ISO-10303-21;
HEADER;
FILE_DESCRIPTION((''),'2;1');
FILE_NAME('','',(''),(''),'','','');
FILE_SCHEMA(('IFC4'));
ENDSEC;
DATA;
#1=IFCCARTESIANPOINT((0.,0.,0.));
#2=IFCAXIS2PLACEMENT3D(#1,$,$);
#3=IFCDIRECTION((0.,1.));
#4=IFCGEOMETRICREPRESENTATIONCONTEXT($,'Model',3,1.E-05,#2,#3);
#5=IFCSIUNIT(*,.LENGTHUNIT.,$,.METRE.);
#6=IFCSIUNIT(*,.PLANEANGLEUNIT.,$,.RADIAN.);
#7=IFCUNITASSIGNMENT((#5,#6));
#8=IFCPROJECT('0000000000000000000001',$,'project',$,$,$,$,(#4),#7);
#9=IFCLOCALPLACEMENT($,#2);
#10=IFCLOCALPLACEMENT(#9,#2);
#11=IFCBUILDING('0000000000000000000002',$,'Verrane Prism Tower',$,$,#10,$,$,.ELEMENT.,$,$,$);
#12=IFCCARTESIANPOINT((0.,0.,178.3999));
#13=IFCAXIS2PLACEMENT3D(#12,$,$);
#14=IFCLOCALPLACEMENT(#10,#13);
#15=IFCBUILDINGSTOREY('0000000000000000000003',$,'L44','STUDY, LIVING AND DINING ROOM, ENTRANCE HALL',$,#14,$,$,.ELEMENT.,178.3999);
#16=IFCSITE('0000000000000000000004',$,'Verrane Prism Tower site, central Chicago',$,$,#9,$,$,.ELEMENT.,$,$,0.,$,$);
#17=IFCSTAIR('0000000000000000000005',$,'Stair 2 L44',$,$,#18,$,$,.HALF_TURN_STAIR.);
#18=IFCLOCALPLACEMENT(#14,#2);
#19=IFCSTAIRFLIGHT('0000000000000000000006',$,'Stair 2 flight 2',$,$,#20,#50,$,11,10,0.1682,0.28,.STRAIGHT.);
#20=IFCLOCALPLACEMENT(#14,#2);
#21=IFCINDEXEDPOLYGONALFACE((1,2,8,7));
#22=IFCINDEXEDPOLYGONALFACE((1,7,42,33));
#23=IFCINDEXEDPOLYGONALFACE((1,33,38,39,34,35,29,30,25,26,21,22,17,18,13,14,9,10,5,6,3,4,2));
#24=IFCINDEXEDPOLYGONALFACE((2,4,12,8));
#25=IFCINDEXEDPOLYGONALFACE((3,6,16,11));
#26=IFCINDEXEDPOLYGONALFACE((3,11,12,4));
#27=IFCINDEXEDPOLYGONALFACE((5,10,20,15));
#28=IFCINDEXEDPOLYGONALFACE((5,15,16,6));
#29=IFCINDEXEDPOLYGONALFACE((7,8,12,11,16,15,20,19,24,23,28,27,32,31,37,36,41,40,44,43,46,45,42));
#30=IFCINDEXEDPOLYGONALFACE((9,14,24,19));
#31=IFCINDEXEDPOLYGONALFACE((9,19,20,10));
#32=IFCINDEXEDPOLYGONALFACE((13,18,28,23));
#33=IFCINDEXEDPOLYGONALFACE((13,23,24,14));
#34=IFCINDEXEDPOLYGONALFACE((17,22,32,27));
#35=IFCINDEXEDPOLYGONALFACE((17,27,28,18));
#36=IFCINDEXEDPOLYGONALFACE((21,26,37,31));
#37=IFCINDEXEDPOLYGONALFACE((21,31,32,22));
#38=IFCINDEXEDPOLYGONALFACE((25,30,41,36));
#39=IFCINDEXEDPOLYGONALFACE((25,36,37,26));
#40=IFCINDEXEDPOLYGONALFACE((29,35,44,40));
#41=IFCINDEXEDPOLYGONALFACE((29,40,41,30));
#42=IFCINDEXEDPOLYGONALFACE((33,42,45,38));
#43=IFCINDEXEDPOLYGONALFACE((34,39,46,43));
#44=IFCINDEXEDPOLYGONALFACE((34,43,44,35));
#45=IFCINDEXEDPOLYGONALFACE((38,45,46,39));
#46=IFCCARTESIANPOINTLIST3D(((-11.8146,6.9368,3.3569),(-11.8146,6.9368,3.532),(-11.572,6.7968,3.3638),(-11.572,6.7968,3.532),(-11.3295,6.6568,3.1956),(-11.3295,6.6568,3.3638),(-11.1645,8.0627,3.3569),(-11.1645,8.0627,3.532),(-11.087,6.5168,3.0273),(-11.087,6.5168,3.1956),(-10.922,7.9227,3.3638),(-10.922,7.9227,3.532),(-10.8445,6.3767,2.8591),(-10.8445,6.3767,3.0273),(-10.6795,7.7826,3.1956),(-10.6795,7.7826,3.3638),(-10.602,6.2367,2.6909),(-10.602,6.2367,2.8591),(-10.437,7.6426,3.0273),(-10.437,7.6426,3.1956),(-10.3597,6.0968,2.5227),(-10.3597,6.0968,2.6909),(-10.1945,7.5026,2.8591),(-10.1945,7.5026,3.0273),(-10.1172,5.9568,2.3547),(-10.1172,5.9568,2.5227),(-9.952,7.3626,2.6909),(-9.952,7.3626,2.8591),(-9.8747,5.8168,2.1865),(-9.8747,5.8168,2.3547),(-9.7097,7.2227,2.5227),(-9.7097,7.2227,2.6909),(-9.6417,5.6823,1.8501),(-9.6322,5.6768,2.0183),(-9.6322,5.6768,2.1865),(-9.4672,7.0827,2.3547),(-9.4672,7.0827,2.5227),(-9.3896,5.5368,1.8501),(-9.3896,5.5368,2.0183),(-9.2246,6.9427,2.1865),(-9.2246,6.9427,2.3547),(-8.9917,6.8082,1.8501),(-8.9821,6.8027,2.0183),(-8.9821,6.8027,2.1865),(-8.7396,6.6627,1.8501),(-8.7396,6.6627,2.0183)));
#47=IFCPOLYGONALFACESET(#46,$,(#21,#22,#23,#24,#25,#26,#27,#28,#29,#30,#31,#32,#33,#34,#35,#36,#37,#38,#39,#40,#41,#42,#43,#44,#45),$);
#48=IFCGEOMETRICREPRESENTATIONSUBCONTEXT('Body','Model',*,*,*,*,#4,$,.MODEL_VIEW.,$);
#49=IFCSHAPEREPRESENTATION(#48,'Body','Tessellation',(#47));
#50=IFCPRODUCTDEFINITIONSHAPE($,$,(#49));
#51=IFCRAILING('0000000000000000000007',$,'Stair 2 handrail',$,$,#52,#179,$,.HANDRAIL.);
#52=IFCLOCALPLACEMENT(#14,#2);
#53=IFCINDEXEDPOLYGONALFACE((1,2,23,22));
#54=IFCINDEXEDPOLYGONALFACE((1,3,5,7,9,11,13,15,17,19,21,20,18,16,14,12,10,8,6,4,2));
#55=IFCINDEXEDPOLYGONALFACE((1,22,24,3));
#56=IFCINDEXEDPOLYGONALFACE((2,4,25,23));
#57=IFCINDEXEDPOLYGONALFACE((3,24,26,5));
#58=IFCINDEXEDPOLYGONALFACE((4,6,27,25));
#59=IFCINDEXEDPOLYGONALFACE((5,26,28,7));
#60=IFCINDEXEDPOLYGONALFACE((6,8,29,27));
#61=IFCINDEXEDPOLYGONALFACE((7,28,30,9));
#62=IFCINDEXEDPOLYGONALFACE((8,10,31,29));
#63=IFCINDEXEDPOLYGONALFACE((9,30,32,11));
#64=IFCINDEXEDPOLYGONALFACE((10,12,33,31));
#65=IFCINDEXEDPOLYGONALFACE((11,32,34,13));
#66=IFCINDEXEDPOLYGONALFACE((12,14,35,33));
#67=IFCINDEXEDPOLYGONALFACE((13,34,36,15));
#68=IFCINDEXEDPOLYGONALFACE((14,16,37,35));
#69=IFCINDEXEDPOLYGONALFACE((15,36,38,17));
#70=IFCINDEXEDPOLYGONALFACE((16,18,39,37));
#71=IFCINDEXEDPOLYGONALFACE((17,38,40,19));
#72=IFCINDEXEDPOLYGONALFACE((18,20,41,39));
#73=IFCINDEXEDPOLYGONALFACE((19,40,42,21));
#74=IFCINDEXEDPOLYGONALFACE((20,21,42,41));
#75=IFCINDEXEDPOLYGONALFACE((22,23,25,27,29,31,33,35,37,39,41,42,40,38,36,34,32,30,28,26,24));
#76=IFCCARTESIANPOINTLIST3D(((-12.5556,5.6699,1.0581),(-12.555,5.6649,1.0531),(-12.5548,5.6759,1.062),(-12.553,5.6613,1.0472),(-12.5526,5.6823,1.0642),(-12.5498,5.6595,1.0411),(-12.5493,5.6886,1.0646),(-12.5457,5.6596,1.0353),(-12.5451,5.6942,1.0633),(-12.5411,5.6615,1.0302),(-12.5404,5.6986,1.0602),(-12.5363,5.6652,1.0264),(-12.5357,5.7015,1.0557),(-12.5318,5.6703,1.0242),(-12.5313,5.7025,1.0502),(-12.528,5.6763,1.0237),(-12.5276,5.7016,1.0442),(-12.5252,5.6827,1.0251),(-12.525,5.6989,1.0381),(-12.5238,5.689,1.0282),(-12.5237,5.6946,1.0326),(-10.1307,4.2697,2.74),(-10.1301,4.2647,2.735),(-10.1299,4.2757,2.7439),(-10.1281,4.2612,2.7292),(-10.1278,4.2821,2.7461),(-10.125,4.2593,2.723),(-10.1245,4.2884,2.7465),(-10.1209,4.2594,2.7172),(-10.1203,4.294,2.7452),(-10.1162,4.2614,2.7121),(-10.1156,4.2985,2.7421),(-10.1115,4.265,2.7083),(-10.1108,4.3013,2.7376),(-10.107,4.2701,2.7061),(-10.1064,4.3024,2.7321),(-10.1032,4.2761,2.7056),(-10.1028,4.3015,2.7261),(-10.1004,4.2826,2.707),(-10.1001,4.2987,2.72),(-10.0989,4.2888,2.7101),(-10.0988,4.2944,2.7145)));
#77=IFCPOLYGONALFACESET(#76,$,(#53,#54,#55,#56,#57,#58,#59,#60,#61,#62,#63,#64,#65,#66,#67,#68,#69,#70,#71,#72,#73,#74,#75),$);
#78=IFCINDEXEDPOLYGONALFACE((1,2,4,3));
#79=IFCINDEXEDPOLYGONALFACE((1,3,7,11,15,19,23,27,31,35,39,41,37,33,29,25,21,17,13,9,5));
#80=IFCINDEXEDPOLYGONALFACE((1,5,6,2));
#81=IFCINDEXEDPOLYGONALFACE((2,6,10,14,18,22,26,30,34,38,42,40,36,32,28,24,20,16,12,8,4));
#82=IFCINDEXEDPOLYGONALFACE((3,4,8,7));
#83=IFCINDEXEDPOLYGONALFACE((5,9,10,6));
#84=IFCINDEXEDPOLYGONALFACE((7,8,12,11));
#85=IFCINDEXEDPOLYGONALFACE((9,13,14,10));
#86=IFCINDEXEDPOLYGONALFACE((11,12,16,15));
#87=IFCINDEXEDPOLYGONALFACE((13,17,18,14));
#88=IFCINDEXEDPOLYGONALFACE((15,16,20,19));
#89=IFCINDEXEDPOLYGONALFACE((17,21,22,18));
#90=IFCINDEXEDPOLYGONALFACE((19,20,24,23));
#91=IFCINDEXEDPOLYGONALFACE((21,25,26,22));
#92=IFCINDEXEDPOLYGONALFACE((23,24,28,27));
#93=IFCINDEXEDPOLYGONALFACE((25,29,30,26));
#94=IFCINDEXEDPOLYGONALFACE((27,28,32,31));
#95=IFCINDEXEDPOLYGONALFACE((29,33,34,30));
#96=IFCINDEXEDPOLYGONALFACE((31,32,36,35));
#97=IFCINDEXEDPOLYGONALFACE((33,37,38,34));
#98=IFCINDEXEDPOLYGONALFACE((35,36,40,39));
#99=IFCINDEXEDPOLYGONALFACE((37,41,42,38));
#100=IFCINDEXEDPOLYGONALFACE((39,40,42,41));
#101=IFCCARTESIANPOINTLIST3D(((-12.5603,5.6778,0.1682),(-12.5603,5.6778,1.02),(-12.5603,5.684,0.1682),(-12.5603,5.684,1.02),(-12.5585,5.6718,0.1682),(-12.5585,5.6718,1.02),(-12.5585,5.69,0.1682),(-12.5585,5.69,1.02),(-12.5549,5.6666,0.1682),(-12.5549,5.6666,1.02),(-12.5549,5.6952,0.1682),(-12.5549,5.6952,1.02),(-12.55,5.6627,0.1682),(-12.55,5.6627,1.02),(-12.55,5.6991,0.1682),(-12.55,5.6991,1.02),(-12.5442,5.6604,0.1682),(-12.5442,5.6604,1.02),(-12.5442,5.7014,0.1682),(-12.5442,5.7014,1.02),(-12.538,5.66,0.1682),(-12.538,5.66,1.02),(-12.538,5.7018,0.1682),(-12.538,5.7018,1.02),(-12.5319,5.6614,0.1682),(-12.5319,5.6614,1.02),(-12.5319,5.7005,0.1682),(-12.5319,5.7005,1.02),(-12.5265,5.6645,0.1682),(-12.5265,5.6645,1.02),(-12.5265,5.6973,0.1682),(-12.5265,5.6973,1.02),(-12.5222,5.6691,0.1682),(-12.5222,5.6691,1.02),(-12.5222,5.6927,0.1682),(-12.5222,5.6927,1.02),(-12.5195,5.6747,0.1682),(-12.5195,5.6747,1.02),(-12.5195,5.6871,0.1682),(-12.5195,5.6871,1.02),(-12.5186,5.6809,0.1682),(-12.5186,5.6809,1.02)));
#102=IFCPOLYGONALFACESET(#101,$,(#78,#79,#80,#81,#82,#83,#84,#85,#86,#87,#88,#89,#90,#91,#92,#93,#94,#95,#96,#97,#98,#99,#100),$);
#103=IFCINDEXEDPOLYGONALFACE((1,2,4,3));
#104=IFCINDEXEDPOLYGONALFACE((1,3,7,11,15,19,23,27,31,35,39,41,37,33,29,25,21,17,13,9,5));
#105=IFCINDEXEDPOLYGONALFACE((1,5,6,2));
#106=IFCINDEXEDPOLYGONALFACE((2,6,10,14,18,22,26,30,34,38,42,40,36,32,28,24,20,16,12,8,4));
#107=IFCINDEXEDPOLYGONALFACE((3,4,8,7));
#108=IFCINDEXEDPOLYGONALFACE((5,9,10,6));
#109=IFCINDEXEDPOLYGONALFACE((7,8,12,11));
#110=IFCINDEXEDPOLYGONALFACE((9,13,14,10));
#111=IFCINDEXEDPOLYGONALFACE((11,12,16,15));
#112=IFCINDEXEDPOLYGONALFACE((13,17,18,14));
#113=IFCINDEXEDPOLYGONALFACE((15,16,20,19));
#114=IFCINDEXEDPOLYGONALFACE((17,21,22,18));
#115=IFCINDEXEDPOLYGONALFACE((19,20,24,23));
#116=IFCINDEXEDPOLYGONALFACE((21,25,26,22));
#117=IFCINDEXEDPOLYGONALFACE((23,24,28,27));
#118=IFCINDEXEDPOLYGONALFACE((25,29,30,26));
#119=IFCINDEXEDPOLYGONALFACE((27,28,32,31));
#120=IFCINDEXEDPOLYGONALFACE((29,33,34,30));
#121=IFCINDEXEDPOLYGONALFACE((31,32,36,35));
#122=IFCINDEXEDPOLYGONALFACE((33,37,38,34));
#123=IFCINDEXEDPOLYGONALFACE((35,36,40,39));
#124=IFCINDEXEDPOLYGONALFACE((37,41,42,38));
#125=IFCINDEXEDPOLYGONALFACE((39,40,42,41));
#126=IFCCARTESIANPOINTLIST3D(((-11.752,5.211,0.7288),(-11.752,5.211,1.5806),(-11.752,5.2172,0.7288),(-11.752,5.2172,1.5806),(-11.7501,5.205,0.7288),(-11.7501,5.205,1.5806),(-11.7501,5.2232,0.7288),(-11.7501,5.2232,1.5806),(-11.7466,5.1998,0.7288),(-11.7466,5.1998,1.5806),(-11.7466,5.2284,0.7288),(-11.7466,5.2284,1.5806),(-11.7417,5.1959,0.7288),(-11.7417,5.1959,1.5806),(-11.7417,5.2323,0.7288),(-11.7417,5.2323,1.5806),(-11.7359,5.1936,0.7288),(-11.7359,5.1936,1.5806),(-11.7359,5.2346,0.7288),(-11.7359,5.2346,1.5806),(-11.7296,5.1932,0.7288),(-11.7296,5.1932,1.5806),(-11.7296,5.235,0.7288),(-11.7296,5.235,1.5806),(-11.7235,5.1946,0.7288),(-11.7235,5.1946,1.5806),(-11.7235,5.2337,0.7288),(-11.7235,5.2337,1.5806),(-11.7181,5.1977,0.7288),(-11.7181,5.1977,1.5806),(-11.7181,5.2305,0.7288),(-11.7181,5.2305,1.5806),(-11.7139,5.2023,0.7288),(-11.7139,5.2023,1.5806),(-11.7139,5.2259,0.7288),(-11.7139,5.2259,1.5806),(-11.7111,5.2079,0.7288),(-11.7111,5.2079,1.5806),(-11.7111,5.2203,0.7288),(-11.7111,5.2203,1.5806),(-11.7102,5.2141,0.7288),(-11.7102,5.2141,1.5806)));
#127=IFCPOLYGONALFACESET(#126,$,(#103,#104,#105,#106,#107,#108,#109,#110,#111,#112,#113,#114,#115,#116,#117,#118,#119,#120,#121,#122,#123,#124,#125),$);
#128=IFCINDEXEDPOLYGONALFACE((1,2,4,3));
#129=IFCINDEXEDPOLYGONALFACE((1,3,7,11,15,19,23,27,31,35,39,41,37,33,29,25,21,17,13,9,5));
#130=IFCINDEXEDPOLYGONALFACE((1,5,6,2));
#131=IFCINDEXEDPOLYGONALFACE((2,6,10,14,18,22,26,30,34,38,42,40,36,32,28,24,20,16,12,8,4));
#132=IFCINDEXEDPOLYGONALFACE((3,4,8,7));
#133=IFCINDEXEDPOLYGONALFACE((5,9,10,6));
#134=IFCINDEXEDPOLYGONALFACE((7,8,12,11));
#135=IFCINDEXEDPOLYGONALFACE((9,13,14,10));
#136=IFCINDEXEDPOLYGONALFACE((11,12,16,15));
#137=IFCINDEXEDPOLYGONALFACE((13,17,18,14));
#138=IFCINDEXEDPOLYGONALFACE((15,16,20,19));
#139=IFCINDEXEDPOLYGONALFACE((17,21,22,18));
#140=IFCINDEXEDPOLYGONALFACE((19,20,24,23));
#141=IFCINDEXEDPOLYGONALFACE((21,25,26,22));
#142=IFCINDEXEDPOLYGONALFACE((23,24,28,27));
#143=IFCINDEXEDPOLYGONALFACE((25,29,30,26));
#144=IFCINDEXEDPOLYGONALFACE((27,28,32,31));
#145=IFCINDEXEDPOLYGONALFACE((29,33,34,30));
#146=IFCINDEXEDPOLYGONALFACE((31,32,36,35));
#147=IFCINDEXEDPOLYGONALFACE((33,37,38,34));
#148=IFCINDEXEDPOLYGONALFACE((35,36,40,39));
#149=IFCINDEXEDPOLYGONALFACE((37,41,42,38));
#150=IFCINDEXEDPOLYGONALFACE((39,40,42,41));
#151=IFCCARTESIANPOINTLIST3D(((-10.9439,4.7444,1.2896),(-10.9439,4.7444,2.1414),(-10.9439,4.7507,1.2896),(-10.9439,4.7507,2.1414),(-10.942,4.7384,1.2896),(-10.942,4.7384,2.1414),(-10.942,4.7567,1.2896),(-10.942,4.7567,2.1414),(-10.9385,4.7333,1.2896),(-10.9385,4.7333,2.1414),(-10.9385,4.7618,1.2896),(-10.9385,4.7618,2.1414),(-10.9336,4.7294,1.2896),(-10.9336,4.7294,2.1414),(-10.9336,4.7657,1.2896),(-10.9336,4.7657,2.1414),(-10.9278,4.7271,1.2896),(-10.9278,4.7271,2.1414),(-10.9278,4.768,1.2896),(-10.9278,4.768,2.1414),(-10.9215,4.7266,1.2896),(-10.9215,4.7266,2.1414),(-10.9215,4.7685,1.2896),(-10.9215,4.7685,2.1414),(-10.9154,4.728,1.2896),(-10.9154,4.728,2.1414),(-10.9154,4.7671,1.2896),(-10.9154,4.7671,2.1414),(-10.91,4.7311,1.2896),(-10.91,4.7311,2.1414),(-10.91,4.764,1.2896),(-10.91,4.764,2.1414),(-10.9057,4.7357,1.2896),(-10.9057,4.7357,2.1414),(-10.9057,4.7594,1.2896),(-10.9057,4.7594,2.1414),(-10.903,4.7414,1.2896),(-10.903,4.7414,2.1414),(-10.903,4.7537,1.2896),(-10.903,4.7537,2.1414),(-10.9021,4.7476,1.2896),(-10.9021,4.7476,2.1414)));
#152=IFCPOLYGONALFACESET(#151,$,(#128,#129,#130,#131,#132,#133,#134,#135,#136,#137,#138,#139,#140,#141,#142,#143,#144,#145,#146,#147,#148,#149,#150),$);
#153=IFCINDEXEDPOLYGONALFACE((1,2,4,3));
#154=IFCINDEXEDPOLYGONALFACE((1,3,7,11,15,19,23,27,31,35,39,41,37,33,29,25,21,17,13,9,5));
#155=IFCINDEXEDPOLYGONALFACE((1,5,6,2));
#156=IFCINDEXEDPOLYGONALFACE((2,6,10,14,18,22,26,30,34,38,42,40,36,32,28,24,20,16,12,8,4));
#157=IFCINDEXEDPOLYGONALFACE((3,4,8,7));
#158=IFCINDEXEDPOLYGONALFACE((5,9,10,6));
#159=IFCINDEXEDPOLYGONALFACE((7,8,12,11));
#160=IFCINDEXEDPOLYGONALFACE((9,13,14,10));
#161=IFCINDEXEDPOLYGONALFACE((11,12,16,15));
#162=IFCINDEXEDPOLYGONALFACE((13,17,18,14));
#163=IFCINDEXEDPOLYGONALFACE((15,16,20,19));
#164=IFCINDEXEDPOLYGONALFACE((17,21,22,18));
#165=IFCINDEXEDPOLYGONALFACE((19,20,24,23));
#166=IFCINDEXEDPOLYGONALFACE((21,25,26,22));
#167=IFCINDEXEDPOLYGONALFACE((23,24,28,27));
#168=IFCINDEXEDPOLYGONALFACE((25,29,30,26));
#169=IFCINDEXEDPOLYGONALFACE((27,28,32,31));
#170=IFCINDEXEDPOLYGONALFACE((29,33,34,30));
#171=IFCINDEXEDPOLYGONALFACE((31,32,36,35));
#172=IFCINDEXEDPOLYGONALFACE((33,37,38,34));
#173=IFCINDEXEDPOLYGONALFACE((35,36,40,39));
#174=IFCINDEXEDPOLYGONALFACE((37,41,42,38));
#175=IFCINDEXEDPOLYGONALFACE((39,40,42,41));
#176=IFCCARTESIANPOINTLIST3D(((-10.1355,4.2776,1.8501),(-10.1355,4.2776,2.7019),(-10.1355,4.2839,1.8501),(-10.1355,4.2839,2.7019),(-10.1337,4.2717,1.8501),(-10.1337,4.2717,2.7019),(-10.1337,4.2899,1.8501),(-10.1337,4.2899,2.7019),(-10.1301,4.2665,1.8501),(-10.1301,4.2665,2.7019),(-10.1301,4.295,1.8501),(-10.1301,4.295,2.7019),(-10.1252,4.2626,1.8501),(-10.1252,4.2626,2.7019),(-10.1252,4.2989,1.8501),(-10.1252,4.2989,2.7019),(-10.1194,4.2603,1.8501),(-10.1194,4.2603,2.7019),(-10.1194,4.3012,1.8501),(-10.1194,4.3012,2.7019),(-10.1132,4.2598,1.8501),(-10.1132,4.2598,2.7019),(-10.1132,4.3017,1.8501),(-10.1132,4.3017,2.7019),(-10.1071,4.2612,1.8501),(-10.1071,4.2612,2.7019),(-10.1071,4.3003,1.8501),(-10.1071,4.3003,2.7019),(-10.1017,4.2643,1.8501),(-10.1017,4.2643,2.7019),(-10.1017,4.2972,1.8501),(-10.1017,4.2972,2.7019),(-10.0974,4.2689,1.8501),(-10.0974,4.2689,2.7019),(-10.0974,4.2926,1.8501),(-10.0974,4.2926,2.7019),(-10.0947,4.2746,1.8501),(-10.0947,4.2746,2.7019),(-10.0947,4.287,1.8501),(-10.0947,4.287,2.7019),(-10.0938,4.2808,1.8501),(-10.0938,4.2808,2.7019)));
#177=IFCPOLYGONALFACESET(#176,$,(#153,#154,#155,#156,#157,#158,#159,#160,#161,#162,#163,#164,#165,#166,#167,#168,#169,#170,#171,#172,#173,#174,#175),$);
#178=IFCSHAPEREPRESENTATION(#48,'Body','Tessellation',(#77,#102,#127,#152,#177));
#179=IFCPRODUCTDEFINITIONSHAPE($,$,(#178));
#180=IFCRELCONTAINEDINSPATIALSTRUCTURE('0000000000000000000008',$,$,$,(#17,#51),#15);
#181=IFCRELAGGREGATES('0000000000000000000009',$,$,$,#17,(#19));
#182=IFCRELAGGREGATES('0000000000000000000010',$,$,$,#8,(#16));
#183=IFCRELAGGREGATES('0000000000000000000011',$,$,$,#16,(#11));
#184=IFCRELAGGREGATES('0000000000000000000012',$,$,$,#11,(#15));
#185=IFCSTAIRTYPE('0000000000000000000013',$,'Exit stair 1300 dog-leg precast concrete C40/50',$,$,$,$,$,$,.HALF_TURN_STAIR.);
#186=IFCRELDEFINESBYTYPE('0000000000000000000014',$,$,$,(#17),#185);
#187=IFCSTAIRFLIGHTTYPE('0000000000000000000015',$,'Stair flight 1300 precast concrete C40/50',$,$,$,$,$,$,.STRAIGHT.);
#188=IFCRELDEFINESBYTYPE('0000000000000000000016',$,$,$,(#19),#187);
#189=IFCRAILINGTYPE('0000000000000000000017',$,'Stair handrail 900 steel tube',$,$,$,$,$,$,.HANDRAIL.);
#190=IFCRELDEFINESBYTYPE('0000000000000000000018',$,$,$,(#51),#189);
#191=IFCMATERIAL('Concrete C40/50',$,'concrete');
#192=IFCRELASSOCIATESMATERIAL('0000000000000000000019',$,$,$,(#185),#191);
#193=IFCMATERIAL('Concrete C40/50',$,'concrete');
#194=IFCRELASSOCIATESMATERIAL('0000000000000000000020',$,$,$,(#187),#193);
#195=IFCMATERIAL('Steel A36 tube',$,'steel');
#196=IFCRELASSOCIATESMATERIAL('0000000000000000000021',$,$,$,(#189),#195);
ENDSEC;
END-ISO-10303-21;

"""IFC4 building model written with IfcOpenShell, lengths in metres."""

from ifc_helpers import new_model, si_unit, direction, frame, origin, origin_2d, place, context, subcontext, project, spatial, polyline, circle, outline, extrude, material, type_object, element, aggregate, save


model = new_model("IFC4")

# Units and contexts
model_context = context("Model", 3, precision=1e-05, world=origin(), true_north=direction((0.0, 1.0)))
body_context = subcontext(model_context, "Body", "Model", "MODEL_VIEW")
ifc_project = project(units=[si_unit("LENGTHUNIT", "METRE"), si_unit("PLANEANGLEUNIT", "RADIAN")], contexts=[model_context])

# Site, building, storey
site_placement = place(None, origin())
site = spatial("IfcSite", under=ifc_project, at=site_placement, Name="Verrane Prism Tower site, central Chicago", CompositionType="ELEMENT", RefElevation=0.0)
building_placement = place(site_placement, origin())
building = spatial("IfcBuilding", under=site, at=building_placement, Name="Verrane Prism Tower", CompositionType="ELEMENT")
storey_placement = place(building_placement, frame((0.0, 0.0, 178.3999)))
storey = spatial("IfcBuildingStorey", under=building, at=storey_placement, Name="L44", Description="STUDY, LIVING AND DINING ROOM, ENTRANCE HALL", CompositionType="ELEMENT", Elevation=178.3999)

# Stair, stair flight
ifc_material_1 = material(Name="Concrete C40/50", Category="concrete")
stair_type = type_object("IfcStairType", Name="Exit stair 1300 dog-leg precast concrete C40/50", PredefinedType="HALF_TURN_STAIR", material=ifc_material_1)
stair_placement = place(storey_placement, origin())
stair = element("IfcStair", 1, at=stair_placement, inside=storey, type_object=stair_type, Name="Stair 2 L44", PredefinedType="HALF_TURN_STAIR")
ifc_material_2 = material(Name="Concrete C40/50", Category="concrete")
stair_flight_type = type_object("IfcStairFlightType", Name="Stair flight 1300 precast concrete C40/50", PredefinedType="STRAIGHT", material=ifc_material_2)
stair_flight_1_placement = place(storey_placement, frame((-9.0647, 6.0996, 1.8501), z_axis=(0.0, 0.0, 1.0), x_axis=(-0.866025, 0.5, 0.0)))
stair_flight_1 = element("IfcStairFlight", 2, at=stair_flight_1_placement, type_object=stair_flight_type, Name="Stair 2 flight 2", NumberOfRisers=11, NumberOfTreads=10, PredefinedType="STRAIGHT", RiserHeight=0.1682, TreadLength=0.28, context=body_context, shape_type="SweptSolid", body=[
    extrude(outline(polyline([(0.0, 0.0), (0.0, 0.1682), (0.28, 0.1682), (0.28, 0.3364), (0.5601, 0.3364), (0.5601, 0.5046), (0.8401, 0.5046), (0.8401, 0.6726), (1.1201, 0.6726), (1.1201, 0.8408), (1.3999, 0.8408), (1.3999, 1.009), (1.6799, 1.009), (1.6799, 1.1772), (1.96, 1.1772), (1.96, 1.3455), (2.24, 1.3455), (2.24, 1.5137), (2.52, 1.5137), (2.52, 1.6819), (2.8, 1.6819), (2.8, 1.8501), (2.8, 1.5068), (0.291, 0.0), (0.0, 0.0)])), frame((0.0, 0.6499, 0.0), z_axis=(0.0, -1.0, 0.0), x_axis=(1.0, 0.0, 0.0)), (0.0, 0.0, 1.0), 1.3),
])
aggregate(stair, [stair_flight_1])

# Railing
ifc_material_3 = material(Name="Steel A36 tube", Category="steel")
railing_type_1 = type_object("IfcRailingType", Name="Stair handrail 900 steel tube", PredefinedType="HANDRAIL", material=ifc_material_3)
railing_1_placement = place(storey_placement, frame((-12.5396, 5.6809, 0.1682)))
element("IfcRailing", 3, at=railing_1_placement, inside=storey, type_object=railing_type_1, Name="Stair 2 handrail", PredefinedType="HANDRAIL", context=body_context, shape_type="SweptSolid", body=[
    extrude(circle(Radius=0.0239, at=origin_2d()), frame((0.0, 0.0, 0.876), z_axis=(0.742367, -0.428662, 0.514918), x_axis=(0.50005, 0.865997, 0.0)), (0.0, 0.0, 1.0), 3.2664),
    extrude(circle(Radius=0.021, at=origin_2d()), origin(), (0.0, 0.0, 1.0), 0.8518),
    extrude(circle(Radius=0.021, at=origin_2d()), frame((0.8083, -0.4668, 0.5605)), (0.0, 0.0, 1.0), 0.8518),
    extrude(circle(Radius=0.021, at=origin_2d()), frame((1.6165, -0.9333, 1.1213)), (0.0, 0.0, 1.0), 0.8518),
    extrude(circle(Radius=0.021, at=origin_2d()), frame((2.4248, -1.4001, 1.6819)), (0.0, 0.0, 1.0), 0.8518),
])

save(model, "model.ifc")
